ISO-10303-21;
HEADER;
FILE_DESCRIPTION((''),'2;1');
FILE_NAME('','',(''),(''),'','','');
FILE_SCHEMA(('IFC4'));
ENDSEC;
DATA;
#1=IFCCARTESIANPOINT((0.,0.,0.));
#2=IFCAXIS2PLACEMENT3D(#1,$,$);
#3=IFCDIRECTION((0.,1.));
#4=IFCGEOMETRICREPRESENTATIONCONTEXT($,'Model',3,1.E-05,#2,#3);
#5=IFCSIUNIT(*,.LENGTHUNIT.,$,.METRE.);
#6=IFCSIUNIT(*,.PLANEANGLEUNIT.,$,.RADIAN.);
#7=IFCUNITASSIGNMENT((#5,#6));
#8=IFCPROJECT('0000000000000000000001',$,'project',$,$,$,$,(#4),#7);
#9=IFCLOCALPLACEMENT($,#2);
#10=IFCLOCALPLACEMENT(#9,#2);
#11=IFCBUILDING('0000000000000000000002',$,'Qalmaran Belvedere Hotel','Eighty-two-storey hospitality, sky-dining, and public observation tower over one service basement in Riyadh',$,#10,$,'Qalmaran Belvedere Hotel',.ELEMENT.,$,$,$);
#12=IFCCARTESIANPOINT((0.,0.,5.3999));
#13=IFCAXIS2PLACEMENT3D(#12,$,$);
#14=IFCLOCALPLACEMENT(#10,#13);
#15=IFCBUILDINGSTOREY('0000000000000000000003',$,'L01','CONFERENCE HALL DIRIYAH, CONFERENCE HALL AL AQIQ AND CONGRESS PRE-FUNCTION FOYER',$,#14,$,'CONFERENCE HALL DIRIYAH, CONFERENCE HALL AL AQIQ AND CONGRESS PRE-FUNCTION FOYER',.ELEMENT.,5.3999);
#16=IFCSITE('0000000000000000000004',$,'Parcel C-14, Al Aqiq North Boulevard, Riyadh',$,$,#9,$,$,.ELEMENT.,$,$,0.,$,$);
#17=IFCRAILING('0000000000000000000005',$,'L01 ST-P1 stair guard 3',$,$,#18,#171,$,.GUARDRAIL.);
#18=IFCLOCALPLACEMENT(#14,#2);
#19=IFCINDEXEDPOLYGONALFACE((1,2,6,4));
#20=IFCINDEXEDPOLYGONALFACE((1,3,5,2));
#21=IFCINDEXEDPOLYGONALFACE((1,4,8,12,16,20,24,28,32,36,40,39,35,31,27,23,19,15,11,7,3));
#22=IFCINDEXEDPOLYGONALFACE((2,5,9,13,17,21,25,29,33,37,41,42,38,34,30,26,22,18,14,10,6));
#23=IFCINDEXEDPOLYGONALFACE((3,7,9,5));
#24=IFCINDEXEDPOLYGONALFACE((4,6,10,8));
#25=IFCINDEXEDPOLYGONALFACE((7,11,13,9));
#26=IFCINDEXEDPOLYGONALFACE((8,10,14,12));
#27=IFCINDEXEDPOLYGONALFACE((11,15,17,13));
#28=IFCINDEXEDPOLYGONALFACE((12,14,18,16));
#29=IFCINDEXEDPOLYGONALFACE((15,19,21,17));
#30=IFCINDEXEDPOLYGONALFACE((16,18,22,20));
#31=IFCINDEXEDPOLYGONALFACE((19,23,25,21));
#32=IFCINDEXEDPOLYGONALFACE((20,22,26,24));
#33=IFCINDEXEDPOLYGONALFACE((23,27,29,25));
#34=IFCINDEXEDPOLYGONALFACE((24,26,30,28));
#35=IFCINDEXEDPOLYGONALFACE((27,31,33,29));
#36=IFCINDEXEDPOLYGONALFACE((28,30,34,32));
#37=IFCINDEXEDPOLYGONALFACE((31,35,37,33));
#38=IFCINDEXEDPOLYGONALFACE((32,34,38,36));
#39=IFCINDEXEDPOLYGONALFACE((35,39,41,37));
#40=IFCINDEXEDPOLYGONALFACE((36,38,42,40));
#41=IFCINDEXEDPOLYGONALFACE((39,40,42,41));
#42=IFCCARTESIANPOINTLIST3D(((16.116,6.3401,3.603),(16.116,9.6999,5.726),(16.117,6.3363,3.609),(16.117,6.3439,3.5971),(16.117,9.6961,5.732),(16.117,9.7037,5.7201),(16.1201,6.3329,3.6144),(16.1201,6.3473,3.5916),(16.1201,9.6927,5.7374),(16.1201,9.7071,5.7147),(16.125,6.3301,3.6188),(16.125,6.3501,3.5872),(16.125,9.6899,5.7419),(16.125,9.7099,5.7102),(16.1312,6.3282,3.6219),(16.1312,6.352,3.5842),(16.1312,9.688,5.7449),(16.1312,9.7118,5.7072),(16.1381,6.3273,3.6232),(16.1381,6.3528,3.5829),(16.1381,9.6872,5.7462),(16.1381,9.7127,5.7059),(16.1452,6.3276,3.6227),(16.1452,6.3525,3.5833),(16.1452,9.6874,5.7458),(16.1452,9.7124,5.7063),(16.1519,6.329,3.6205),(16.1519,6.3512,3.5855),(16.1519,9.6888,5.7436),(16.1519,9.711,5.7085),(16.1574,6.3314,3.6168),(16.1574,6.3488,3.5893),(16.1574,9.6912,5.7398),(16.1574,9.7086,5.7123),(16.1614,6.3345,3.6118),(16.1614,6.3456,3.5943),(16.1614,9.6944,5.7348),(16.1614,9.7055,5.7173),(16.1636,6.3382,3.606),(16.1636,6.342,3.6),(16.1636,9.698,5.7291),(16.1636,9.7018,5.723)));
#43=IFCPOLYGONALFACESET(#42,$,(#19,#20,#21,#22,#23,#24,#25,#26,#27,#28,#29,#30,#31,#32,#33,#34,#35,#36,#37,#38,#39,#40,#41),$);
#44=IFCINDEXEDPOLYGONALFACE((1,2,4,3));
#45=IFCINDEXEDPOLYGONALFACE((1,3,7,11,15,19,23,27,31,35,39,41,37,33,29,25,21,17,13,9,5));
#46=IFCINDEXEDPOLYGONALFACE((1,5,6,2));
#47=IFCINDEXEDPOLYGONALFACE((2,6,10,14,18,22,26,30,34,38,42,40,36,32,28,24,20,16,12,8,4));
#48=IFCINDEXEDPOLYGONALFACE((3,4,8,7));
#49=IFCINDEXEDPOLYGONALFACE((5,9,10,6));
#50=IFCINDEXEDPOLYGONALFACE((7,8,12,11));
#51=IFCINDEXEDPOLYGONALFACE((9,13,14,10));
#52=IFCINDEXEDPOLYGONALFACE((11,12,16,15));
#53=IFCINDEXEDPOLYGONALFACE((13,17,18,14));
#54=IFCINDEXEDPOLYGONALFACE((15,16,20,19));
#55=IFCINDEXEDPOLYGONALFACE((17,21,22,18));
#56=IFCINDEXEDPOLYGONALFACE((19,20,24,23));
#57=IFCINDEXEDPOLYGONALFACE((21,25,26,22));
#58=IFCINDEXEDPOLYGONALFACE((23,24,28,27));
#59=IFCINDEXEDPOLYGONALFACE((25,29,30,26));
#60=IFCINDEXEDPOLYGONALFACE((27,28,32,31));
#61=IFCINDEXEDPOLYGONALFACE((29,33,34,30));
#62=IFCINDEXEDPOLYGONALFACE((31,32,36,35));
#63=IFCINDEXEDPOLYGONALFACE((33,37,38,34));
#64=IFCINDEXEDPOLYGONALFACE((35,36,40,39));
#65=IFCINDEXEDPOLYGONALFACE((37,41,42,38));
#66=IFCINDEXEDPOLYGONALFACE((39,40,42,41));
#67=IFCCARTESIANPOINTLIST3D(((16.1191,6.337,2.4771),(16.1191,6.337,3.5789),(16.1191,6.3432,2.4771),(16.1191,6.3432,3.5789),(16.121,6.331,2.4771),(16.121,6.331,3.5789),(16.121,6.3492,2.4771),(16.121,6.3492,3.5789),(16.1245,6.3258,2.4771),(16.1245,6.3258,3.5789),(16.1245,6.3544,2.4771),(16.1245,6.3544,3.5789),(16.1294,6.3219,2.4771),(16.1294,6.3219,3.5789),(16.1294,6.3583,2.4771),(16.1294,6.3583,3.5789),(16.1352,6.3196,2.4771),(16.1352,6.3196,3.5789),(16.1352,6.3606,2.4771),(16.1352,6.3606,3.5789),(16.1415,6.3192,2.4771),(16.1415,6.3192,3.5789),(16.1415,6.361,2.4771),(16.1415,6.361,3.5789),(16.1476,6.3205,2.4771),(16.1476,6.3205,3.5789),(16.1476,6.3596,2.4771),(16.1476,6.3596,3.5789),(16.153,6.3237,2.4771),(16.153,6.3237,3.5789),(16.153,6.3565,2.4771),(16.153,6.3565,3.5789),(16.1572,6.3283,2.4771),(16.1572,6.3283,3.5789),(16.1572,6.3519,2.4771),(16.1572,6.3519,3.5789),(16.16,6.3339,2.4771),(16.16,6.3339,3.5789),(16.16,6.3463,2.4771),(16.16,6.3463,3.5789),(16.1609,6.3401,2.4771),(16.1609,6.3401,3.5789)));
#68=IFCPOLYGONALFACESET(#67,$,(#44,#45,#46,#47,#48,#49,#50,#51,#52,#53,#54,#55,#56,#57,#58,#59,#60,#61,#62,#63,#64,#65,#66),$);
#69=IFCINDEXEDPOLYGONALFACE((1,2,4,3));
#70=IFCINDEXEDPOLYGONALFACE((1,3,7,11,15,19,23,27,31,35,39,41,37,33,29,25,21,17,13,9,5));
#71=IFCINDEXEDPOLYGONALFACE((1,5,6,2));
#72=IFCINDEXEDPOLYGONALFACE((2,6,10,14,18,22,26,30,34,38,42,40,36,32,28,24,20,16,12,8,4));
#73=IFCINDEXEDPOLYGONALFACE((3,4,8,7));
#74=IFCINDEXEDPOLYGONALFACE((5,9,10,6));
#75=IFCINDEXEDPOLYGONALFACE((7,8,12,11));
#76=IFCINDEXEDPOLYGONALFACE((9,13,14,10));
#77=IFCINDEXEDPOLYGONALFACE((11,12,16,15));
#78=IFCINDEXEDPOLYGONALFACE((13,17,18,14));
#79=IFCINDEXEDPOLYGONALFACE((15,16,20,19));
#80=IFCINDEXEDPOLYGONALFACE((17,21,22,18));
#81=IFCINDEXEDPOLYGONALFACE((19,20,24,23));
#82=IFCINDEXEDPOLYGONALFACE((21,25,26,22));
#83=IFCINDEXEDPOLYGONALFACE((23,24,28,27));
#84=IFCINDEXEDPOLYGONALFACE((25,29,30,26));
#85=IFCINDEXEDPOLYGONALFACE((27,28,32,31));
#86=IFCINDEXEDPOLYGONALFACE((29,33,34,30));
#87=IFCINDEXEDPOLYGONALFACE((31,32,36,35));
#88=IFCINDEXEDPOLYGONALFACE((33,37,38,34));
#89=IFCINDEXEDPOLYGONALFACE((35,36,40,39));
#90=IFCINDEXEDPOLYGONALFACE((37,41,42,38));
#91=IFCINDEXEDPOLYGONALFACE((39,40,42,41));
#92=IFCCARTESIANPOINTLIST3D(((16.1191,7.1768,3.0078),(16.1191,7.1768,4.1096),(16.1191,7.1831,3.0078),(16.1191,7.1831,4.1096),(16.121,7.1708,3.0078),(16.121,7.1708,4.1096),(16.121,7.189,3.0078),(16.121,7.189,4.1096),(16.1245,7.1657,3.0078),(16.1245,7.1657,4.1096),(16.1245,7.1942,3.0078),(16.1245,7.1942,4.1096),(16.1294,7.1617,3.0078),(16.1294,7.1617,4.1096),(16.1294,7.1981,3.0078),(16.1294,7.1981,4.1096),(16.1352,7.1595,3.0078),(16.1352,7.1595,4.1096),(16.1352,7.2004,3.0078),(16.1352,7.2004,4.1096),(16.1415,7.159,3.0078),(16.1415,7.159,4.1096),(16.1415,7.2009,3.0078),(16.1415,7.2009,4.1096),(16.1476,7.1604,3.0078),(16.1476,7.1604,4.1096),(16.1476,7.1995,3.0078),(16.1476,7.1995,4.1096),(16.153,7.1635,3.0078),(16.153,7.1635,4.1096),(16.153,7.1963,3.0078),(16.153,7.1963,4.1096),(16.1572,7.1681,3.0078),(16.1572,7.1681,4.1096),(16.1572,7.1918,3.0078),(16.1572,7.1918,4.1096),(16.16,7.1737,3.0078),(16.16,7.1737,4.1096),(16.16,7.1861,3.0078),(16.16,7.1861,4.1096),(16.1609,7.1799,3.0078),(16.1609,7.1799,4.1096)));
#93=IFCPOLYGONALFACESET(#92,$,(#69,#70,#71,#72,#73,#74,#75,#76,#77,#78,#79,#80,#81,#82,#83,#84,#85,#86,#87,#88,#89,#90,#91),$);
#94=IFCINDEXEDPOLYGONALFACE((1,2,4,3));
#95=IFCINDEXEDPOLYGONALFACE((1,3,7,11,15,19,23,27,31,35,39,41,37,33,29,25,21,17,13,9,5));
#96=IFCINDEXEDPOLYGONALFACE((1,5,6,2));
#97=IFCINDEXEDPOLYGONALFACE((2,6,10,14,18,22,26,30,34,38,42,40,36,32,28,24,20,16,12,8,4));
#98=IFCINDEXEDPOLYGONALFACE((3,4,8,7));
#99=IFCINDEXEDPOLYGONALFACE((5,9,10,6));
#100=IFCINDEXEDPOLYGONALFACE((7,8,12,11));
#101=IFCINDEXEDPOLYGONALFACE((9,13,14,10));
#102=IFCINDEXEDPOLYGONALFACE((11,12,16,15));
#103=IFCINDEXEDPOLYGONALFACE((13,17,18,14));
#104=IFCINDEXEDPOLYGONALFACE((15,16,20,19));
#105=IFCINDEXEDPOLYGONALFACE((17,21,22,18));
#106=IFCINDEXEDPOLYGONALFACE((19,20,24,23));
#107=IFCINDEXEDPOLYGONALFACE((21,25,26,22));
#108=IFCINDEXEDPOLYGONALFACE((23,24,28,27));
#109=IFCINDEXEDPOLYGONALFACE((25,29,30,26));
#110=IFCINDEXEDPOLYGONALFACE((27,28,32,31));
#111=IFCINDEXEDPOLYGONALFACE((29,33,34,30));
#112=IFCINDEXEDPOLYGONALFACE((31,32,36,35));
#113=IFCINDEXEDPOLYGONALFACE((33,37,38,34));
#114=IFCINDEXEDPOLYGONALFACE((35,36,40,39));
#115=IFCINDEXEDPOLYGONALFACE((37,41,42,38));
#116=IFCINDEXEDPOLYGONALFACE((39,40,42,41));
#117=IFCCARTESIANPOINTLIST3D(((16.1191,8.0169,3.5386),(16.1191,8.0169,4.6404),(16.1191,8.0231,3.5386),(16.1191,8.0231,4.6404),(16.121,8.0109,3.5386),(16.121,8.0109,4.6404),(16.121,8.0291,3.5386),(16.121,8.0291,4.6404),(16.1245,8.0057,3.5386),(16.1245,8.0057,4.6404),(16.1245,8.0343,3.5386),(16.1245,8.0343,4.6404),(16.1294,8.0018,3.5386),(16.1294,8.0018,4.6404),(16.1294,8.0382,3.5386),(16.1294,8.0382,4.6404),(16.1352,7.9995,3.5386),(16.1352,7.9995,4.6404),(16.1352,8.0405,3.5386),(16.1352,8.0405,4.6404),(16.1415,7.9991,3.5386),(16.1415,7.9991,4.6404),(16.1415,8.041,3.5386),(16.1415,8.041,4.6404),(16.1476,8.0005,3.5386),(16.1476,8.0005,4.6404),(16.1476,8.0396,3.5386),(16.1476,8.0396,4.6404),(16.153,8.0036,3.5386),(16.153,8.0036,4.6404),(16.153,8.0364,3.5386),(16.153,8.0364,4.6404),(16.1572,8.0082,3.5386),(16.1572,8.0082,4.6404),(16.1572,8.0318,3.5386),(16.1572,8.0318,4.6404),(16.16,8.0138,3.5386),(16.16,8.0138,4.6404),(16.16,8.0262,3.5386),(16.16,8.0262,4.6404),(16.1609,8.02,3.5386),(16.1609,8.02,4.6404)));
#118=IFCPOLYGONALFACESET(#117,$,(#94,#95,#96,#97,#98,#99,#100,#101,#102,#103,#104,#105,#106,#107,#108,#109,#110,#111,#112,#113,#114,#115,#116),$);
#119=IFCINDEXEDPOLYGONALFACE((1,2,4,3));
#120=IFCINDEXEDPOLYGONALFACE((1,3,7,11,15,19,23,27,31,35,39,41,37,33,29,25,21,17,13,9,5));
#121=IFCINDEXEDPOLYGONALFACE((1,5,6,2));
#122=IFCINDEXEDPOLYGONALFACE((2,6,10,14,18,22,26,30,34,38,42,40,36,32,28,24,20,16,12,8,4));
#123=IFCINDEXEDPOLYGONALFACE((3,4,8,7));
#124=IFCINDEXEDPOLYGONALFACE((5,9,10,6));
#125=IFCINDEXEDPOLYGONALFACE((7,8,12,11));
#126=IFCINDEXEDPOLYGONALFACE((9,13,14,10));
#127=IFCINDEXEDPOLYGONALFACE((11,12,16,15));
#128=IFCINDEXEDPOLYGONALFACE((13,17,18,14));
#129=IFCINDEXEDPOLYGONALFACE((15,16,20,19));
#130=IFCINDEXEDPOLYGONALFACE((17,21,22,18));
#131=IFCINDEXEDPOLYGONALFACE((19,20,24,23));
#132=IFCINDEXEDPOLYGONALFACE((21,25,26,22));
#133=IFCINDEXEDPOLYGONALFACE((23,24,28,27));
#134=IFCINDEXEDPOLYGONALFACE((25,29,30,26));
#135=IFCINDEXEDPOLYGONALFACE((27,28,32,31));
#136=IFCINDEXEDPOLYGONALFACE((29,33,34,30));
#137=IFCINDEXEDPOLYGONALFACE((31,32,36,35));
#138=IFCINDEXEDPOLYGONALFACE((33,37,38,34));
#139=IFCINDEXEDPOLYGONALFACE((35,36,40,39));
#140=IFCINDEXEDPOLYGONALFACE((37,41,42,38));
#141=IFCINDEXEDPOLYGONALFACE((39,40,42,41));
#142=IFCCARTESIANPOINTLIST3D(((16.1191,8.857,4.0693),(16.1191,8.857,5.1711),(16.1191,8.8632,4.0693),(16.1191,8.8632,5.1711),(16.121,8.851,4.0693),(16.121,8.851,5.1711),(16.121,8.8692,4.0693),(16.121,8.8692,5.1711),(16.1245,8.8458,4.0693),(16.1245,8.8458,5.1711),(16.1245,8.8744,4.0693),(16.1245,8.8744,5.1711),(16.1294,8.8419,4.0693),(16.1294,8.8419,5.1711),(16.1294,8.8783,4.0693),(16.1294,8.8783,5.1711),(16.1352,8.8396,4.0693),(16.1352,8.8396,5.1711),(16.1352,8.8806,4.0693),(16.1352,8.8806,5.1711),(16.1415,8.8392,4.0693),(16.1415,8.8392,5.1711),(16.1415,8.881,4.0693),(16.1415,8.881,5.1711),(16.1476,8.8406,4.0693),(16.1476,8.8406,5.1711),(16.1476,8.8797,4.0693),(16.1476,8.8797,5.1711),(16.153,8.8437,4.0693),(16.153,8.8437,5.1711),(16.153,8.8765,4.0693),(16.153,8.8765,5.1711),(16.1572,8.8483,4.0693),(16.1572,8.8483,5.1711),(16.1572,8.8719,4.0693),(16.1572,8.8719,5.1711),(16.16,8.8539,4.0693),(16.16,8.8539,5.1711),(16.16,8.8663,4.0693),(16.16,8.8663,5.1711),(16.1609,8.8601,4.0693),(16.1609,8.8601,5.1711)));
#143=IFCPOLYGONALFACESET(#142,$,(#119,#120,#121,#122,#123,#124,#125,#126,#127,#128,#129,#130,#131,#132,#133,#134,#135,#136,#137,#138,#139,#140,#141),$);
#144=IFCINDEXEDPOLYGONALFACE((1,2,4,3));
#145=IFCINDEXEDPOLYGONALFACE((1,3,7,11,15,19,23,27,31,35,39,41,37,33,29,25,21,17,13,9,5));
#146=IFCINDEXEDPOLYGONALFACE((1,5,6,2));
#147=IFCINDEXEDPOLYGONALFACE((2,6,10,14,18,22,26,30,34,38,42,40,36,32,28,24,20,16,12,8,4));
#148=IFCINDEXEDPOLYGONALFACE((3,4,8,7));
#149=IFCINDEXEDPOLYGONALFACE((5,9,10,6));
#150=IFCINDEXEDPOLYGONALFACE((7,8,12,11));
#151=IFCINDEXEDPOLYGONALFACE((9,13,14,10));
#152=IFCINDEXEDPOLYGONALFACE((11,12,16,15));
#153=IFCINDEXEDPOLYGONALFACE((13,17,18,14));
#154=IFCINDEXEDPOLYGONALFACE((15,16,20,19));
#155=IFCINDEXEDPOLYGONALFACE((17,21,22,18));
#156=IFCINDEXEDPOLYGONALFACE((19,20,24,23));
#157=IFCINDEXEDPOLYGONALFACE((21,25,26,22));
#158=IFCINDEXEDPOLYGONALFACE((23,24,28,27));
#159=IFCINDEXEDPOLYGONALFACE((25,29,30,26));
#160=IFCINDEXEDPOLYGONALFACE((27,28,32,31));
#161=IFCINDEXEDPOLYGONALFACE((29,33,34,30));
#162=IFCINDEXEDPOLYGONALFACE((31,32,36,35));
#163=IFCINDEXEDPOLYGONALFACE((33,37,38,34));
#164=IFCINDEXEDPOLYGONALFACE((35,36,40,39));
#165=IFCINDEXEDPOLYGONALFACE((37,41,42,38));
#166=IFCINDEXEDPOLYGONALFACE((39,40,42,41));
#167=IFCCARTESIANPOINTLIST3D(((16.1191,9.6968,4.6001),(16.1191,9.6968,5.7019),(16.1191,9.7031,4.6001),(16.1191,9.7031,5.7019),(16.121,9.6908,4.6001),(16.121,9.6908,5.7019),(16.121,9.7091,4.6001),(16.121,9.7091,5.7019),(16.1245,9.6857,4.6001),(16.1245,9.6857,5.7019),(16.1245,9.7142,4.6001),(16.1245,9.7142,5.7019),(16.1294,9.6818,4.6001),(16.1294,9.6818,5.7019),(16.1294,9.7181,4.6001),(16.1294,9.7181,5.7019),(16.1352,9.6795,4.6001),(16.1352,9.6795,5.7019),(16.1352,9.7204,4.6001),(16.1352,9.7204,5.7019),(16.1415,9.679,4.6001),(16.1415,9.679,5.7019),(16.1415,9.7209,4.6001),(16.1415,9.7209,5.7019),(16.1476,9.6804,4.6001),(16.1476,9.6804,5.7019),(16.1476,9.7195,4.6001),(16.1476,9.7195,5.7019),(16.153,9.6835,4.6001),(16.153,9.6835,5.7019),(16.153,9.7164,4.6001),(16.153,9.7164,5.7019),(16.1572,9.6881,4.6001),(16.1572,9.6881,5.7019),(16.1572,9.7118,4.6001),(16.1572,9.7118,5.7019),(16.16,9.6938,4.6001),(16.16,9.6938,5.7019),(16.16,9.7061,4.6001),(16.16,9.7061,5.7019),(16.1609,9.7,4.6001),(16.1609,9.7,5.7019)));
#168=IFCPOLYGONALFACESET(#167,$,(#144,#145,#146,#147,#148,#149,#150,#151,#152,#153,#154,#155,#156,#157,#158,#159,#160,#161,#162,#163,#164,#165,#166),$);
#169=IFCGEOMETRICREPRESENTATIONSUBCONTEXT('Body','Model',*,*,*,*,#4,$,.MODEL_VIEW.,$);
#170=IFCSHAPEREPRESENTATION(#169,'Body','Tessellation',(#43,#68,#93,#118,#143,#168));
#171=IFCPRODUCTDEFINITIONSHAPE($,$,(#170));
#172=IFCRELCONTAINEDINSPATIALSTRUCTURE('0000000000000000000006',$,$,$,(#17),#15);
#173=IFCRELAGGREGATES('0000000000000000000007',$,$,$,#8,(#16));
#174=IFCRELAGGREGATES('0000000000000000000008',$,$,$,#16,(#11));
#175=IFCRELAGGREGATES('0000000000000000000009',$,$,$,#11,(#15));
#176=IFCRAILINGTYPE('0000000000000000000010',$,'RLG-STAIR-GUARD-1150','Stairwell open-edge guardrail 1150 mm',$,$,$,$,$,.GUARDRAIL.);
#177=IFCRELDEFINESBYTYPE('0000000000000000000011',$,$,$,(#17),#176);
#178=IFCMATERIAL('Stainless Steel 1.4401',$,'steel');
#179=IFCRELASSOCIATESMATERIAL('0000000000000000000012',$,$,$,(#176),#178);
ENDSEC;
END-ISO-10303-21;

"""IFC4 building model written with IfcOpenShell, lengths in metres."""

from ifc_helpers import new_model, si_unit, direction, frame, origin, origin_2d, place, context, subcontext, project, spatial, circle, extrude, material, type_object, element, save


model = new_model("IFC4")

# Units and contexts
model_context = context("Model", 3, precision=1e-05, world=origin(), true_north=direction((0.0, 1.0)))
body_context = subcontext(model_context, "Body", "Model", "MODEL_VIEW")
ifc_project = project(units=[si_unit("LENGTHUNIT", "METRE"), si_unit("PLANEANGLEUNIT", "RADIAN")], contexts=[model_context])

# Site, building, storey
site_placement = place(None, origin())
site = spatial("IfcSite", under=ifc_project, at=site_placement, Name="Parcel C-14, Al Aqiq North Boulevard, Riyadh", CompositionType="ELEMENT", RefElevation=0.0)
building_placement = place(site_placement, origin())
building = spatial("IfcBuilding", under=site, at=building_placement, Name="Qalmaran Belvedere Hotel", Description="Eighty-two-storey hospitality, sky-dining, and public observation tower over one service basement in Riyadh", LongName="Qalmaran Belvedere Hotel", CompositionType="ELEMENT")
storey_placement = place(building_placement, frame((0.0, 0.0, 5.3999)))
storey = spatial("IfcBuildingStorey", under=building, at=storey_placement, Name="L01", Description="CONFERENCE HALL DIRIYAH, CONFERENCE HALL AL AQIQ AND CONGRESS PRE-FUNCTION FOYER", LongName="CONFERENCE HALL DIRIYAH, CONFERENCE HALL AL AQIQ AND CONGRESS PRE-FUNCTION FOYER", CompositionType="ELEMENT", Elevation=5.3999)

# Railing
ifc_material_1 = material(Name="Stainless Steel 1.4401", Category="steel")
railing_type_1 = type_object("IfcRailingType", Name="RLG-STAIR-GUARD-1150", Description="Stairwell open-edge guardrail 1150 mm", PredefinedType="GUARDRAIL", material=ifc_material_1)
railing_1_placement = place(storey_placement, frame((16.1399, 6.3401, 2.4771)))
element("IfcRailing", 1, at=railing_1_placement, inside=storey, type_object=railing_type_1, Name="L01 ST-P1 stair guard 3", PredefinedType="GUARDRAIL", context=body_context, shape_type="SweptSolid", body=[
    extrude(circle(Radius=0.0239, at=origin_2d()), frame((0.0, 0.0, 1.126), z_axis=(0.0, 0.845372, 0.534178), x_axis=(-1.0, 0.0, 0.0)), (0.0, 0.0, 1.0), 3.9744),
    extrude(circle(Radius=0.021, at=origin_2d()), origin(), (0.0, 0.0, 1.0), 1.1018),
    extrude(circle(Radius=0.021, at=origin_2d()), frame((0.0, 0.8398, 0.5308)), (0.0, 0.0, 1.0), 1.1018),
    extrude(circle(Radius=0.021, at=origin_2d()), frame((0.0, 1.6799, 1.0615)), (0.0, 0.0, 1.0), 1.1018),
    extrude(circle(Radius=0.021, at=origin_2d()), frame((0.0, 2.52, 1.5923)), (0.0, 0.0, 1.0), 1.1018),
    extrude(circle(Radius=0.021, at=origin_2d()), frame((0.0, 3.3599, 2.123)), (0.0, 0.0, 1.0), 1.1018),
])

save(model, "model.ifc")
